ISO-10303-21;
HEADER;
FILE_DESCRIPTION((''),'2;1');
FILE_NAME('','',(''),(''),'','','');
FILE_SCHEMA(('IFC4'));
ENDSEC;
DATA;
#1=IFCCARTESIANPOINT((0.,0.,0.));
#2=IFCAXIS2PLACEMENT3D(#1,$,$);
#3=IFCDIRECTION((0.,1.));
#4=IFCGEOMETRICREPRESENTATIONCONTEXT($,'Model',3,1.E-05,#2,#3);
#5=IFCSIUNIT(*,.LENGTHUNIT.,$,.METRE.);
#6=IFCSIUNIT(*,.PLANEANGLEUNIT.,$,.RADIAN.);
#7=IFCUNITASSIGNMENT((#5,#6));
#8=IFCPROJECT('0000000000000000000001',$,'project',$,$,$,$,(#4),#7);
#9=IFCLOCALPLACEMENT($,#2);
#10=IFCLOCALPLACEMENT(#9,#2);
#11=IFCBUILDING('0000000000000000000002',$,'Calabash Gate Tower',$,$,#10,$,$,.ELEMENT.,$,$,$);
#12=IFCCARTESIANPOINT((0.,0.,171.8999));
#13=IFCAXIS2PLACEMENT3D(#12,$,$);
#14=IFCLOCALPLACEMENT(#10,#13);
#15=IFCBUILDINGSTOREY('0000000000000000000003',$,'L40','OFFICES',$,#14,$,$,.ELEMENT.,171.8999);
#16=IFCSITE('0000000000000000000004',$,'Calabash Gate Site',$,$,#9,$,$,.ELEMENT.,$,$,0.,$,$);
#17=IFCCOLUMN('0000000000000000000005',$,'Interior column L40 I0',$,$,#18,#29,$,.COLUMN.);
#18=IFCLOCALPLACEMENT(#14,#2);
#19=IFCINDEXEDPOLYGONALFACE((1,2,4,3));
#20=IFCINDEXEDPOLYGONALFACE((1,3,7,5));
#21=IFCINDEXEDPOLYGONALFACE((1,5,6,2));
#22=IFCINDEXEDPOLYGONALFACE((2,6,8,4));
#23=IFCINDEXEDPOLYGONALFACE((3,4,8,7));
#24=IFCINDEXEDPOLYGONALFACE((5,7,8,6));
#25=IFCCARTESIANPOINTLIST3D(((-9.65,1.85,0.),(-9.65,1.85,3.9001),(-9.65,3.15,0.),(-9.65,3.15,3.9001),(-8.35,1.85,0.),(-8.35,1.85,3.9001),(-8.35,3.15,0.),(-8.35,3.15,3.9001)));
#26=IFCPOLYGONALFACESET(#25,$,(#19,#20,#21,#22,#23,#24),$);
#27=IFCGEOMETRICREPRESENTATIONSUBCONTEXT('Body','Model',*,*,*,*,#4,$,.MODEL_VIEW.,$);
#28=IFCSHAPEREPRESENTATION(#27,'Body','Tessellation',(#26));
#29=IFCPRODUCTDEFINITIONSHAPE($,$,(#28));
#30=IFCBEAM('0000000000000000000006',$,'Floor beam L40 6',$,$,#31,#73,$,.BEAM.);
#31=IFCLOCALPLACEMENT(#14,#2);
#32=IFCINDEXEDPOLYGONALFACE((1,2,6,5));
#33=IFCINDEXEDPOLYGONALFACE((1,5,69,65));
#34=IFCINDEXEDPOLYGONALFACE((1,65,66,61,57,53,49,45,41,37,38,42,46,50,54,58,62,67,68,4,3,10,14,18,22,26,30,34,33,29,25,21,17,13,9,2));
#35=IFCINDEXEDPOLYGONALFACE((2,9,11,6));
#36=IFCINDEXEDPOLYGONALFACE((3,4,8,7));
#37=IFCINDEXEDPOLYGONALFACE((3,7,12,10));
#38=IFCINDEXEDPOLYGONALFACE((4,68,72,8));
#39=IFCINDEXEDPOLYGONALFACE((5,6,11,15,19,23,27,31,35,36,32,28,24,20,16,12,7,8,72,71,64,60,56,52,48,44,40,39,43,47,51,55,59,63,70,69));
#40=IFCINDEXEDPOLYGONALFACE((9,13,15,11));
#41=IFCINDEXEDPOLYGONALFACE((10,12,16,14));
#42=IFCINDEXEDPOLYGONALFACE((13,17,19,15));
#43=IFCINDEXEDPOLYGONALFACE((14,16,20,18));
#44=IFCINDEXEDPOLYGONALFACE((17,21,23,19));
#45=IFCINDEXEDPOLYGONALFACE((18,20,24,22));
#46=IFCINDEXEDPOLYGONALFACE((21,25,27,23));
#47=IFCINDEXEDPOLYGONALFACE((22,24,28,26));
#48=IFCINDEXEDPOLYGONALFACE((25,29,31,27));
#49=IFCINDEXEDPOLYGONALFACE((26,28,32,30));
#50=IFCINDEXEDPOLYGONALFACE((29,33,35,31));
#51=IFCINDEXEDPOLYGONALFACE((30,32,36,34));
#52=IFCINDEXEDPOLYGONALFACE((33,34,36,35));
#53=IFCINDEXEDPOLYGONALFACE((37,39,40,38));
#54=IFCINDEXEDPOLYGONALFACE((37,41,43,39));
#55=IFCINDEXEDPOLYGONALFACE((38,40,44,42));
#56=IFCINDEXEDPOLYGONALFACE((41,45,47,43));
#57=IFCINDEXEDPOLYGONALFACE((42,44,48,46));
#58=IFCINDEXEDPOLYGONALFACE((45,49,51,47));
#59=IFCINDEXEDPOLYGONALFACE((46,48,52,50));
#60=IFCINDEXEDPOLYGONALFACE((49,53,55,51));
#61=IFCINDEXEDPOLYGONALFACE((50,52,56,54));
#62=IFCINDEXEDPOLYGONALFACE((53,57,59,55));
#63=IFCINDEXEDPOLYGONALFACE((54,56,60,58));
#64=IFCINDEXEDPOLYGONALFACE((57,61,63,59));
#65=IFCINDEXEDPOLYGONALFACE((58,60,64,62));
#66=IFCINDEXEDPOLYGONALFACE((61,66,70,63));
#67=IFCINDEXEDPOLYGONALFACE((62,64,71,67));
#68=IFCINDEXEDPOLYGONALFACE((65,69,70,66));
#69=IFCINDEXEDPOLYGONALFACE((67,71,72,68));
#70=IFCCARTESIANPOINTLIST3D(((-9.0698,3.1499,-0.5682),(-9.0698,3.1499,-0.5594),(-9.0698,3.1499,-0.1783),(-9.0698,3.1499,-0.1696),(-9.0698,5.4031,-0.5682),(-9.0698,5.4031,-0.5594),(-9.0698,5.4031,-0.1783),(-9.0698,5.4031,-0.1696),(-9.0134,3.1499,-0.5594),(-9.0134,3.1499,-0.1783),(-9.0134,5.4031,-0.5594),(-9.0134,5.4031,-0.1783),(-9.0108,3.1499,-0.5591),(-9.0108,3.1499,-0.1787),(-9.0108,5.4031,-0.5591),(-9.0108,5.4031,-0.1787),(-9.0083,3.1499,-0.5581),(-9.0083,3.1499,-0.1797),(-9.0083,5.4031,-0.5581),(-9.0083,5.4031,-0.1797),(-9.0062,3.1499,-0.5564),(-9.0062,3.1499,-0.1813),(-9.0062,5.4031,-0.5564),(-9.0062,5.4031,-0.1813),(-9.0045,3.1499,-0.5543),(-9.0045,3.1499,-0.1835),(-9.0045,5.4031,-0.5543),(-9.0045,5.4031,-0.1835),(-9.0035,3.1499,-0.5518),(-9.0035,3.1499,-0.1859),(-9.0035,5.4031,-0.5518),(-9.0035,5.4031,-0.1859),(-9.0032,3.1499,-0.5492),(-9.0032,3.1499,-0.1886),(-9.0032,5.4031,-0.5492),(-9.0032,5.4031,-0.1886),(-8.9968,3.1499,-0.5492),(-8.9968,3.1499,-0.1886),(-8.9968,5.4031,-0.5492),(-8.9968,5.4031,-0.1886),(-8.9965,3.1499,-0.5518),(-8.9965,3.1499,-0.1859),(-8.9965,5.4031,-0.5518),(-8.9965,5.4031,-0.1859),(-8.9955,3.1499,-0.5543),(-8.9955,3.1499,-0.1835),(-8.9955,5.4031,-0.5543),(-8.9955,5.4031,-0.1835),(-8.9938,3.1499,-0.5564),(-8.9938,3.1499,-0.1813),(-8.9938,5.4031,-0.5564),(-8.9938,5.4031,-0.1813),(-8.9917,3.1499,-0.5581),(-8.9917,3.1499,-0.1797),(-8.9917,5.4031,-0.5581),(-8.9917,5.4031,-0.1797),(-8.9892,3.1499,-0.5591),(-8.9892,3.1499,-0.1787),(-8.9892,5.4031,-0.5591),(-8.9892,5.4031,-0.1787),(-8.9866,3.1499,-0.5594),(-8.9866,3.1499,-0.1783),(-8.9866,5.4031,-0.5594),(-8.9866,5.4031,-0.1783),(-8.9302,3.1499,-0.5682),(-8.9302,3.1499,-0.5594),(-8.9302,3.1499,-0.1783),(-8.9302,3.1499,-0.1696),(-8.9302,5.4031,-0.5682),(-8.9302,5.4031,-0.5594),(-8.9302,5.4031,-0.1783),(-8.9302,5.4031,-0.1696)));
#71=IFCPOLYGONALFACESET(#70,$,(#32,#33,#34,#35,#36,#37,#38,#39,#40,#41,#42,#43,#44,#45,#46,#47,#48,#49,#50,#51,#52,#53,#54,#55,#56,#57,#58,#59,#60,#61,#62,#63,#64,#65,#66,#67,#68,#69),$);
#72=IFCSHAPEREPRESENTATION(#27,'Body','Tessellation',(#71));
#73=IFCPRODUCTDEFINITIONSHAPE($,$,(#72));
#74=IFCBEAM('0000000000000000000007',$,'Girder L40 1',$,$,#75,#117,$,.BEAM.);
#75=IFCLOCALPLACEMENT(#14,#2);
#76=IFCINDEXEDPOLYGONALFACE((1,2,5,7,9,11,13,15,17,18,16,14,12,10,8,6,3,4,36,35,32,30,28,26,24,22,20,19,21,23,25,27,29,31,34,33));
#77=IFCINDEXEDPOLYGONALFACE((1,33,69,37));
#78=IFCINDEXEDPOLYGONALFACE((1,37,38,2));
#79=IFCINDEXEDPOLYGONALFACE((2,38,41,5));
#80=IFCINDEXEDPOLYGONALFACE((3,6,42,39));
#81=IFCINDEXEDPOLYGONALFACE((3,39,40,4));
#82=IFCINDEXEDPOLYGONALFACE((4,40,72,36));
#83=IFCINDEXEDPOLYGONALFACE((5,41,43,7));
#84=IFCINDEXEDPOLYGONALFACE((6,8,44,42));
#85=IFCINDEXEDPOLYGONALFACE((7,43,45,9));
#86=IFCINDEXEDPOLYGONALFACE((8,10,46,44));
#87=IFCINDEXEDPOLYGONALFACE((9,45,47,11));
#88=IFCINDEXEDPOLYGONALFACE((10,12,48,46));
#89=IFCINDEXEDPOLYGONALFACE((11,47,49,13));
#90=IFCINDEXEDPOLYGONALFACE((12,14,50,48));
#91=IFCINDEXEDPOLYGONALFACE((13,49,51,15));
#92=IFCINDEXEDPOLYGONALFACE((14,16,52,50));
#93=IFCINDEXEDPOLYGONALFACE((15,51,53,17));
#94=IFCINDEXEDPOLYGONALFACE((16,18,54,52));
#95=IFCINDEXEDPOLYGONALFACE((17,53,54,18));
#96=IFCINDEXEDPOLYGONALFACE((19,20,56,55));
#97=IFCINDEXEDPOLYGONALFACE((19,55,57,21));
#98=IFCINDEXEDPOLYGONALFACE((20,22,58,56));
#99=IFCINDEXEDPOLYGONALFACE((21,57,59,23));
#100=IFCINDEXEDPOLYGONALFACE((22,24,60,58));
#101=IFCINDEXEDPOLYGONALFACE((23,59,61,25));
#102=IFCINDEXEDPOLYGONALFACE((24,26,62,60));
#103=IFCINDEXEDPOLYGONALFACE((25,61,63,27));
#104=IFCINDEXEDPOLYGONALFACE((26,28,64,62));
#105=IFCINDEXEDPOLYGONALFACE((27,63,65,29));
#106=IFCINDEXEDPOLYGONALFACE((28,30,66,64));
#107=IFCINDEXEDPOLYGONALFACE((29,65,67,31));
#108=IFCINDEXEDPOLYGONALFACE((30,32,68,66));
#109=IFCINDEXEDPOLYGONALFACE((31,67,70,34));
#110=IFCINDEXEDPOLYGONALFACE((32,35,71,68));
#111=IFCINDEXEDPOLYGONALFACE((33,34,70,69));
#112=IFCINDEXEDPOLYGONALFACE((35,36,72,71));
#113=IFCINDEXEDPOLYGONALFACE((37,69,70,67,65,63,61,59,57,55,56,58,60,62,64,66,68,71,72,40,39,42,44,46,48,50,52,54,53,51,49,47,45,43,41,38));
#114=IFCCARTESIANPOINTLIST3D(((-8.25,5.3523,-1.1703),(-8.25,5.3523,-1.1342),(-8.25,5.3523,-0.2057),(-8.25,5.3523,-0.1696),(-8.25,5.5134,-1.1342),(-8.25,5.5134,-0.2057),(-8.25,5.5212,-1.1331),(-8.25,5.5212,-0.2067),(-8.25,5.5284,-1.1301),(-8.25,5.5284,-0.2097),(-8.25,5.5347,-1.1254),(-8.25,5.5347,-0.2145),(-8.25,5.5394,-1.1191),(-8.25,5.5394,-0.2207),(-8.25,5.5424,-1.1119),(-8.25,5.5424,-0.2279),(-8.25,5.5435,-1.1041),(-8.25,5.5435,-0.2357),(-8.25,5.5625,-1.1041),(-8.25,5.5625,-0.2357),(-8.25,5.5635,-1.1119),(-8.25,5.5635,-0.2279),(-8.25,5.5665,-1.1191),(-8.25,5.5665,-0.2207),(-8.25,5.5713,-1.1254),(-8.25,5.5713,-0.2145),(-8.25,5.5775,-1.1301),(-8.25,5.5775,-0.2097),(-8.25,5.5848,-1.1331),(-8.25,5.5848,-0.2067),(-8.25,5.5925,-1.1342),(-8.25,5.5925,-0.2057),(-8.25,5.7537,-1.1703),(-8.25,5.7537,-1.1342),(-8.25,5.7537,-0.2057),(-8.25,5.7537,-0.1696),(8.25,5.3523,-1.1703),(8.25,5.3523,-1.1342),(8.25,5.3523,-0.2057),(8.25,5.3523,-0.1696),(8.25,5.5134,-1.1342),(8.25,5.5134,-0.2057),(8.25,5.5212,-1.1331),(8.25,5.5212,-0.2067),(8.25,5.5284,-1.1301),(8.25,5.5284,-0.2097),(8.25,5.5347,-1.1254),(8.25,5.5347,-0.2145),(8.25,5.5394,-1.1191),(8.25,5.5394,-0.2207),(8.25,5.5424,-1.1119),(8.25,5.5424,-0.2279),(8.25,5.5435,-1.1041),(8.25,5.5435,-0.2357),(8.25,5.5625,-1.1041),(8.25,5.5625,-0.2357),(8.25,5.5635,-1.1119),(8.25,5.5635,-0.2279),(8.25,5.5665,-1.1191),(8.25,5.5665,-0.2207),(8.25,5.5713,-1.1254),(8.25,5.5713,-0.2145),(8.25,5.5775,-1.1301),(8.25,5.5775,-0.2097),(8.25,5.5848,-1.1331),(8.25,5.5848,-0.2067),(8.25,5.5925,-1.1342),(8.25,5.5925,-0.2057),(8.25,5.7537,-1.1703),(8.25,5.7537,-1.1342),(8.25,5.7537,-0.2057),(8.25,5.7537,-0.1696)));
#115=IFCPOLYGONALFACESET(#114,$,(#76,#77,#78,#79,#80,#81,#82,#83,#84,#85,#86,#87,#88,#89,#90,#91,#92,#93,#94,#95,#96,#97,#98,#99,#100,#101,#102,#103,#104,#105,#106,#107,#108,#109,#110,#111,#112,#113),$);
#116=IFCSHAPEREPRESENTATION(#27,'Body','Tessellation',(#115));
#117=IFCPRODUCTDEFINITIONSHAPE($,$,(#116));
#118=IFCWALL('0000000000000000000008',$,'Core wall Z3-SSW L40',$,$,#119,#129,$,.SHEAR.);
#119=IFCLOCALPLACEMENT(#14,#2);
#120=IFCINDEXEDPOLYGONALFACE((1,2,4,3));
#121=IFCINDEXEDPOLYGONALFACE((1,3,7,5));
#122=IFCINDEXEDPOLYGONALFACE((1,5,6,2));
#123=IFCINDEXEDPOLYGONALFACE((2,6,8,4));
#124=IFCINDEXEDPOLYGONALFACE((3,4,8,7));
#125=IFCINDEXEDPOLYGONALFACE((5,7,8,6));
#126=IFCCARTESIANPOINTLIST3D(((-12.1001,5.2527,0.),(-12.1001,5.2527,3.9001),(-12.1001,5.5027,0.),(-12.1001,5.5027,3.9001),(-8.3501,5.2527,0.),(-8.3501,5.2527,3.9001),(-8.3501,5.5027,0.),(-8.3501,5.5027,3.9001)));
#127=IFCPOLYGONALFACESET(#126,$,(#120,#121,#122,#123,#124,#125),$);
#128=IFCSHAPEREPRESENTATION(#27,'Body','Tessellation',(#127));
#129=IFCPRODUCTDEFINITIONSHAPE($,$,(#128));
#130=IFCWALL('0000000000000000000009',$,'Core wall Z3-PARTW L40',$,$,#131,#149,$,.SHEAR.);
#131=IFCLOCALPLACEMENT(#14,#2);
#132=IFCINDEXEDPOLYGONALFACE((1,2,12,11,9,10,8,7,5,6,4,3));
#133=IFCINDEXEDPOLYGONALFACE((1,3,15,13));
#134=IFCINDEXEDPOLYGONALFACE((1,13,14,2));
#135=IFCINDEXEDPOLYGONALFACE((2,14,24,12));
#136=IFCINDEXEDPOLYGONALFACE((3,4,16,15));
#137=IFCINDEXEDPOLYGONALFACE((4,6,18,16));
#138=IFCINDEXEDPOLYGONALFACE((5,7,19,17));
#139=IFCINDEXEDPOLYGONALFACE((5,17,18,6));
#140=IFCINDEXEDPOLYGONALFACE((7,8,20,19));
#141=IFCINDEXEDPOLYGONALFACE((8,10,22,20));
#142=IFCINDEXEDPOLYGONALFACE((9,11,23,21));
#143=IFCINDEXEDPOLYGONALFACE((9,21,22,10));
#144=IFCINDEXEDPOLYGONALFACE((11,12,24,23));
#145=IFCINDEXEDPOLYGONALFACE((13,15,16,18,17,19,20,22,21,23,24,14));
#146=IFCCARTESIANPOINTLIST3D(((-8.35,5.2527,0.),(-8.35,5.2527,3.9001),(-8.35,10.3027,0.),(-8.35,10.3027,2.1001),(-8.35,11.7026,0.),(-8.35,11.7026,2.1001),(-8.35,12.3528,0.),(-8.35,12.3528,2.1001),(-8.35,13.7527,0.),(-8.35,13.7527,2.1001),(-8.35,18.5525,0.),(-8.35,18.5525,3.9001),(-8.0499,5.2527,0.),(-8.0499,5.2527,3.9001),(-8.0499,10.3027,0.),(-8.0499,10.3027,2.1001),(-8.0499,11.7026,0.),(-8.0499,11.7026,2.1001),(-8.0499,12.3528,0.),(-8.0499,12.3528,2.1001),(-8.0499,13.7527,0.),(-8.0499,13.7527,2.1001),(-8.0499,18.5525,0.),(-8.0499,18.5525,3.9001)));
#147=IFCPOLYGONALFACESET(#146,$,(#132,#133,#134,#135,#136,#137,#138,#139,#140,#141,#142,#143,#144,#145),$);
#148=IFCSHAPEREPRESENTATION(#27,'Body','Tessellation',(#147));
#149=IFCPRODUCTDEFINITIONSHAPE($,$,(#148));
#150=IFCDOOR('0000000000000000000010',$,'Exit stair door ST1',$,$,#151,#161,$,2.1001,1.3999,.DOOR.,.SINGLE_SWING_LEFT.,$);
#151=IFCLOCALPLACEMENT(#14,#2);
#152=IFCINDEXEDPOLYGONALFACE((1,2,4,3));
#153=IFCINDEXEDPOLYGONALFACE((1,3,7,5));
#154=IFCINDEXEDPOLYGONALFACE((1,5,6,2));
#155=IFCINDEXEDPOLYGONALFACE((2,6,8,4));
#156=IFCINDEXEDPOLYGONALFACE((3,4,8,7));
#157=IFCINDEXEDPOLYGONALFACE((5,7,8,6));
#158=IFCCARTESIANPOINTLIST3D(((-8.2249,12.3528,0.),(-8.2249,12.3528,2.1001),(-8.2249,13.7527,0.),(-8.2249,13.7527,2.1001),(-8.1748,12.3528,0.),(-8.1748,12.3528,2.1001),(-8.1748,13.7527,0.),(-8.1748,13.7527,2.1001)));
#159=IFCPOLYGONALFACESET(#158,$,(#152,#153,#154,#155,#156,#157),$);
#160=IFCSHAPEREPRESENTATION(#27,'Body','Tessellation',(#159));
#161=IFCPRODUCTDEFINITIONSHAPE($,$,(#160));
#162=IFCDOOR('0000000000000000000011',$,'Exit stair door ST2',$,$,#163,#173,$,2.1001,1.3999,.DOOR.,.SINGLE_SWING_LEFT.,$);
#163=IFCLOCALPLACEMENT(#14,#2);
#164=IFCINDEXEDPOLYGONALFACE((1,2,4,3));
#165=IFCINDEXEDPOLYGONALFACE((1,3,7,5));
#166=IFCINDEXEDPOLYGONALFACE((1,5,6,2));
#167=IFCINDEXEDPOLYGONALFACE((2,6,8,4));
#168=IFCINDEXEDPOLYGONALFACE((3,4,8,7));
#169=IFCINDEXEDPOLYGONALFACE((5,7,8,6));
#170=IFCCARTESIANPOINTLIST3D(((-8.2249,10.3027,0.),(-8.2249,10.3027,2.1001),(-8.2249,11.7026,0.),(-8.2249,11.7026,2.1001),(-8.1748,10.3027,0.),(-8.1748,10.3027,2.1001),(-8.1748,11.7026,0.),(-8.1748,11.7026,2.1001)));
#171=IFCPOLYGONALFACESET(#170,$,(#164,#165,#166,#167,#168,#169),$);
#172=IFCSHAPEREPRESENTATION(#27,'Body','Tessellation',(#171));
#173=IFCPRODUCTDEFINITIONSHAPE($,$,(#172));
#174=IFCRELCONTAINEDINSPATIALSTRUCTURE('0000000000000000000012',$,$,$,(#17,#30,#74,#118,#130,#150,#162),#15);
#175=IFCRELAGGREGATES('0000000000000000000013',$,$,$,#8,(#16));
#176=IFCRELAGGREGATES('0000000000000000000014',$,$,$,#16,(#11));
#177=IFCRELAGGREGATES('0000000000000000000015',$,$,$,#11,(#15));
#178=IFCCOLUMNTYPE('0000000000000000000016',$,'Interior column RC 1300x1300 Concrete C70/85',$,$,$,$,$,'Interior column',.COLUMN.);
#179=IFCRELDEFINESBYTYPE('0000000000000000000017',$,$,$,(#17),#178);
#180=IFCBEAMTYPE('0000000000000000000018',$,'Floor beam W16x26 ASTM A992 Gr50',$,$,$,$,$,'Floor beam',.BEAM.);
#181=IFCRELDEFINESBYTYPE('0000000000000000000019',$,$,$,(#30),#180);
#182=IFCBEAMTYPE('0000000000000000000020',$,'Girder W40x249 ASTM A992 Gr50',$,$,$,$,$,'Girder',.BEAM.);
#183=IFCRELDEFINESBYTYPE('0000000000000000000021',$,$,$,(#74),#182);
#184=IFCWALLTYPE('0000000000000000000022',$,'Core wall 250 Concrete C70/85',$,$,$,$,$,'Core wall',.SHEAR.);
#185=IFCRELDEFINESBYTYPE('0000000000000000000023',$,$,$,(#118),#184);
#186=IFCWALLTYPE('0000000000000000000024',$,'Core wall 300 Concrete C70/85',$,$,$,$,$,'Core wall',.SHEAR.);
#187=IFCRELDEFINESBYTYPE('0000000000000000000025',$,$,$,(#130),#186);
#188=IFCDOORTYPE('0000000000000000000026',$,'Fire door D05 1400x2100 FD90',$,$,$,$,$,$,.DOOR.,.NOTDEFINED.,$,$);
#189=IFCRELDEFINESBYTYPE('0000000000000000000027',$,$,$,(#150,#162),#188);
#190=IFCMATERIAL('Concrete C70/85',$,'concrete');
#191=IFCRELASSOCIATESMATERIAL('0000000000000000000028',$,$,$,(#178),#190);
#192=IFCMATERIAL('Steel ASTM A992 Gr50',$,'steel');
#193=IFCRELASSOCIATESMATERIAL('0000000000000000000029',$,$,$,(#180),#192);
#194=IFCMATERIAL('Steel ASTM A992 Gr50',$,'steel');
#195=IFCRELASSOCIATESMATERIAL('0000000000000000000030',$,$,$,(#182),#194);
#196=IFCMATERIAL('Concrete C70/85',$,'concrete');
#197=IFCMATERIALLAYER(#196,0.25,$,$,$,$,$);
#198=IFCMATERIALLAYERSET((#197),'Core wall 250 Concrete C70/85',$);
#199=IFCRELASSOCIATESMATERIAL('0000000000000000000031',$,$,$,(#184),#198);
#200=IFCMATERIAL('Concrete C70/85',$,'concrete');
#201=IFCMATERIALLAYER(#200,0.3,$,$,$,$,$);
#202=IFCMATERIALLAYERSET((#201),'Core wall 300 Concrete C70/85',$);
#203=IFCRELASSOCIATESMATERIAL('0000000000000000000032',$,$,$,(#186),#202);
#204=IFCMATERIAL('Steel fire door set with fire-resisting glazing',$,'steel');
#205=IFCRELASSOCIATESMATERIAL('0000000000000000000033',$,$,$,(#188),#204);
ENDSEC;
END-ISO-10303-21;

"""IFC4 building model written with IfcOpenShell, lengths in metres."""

from ifc_helpers import new_model, si_unit, direction, frame, frame_2d, origin, origin_2d, place, context, subcontext, project, spatial, rectangle, i_section, extrude, material, layer, layer_set, material_profile, profile_set, type_object, element, fill, save


model = new_model("IFC4")

# Units and contexts
model_context = context("Model", 3, precision=1e-05, world=origin(), true_north=direction((0.0, 1.0)))
body_context = subcontext(model_context, "Body", "Model", "MODEL_VIEW")
ifc_project = project(units=[si_unit("LENGTHUNIT", "METRE"), si_unit("PLANEANGLEUNIT", "RADIAN")], contexts=[model_context])

# Site, building, storey
site_placement = place(None, origin())
site = spatial("IfcSite", under=ifc_project, at=site_placement, Name="Calabash Gate Site", CompositionType="ELEMENT", RefElevation=0.0)
building_placement = place(site_placement, origin())
building = spatial("IfcBuilding", under=site, at=building_placement, Name="Calabash Gate Tower", CompositionType="ELEMENT")
storey_placement = place(building_placement, frame((0.0, 0.0, 171.8999)))
storey = spatial("IfcBuildingStorey", under=building, at=storey_placement, Name="L40", Description="OFFICES", CompositionType="ELEMENT", Elevation=171.8999)

# Column
ifc_material_1 = material(Name="Concrete C70/85", Category="concrete")
ifc_material_profile_1 = material_profile(ifc_material_1, rectangle(XDim=1.3, YDim=1.3, at=origin_2d()))
ifc_profile_set_1 = profile_set([ifc_material_profile_1], Name="Concrete C70/85")
column_type = type_object("IfcColumnType", Name="Interior column RC 1300x1300 Concrete C70/85", ElementType="Interior column", PredefinedType="COLUMN", material=ifc_profile_set_1)
column_placement = place(storey_placement, frame((-9.0, 2.5, 0.0), z_axis=(0.0, 0.0, 1.0), x_axis=(1.0, 0.0, 0.0)))
element("IfcColumn", 1, at=column_placement, inside=storey, type_object=column_type, Name="Interior column L40 I0", PredefinedType="COLUMN", context=body_context, shape_type="SweptSolid", body=[
    extrude(rectangle(XDim=1.3, YDim=1.3, at=origin_2d()), origin(), (0.0, 0.0, 1.0), 3.9001),
])

# Beams
ifc_material_2 = material(Name="Steel ASTM A992 Gr50", Category="steel")
ifc_material_profile_2 = material_profile(ifc_material_2, i_section(OverallWidth=0.1396, OverallDepth=0.3987, WebThickness=0.0063, FlangeThickness=0.0088, FilletRadius=0.0103, at=origin_2d()))
ifc_profile_set_2 = profile_set([ifc_material_profile_2], Name="Steel ASTM A992 Gr50")
beam_type_1 = type_object("IfcBeamType", Name="Floor beam W16x26 ASTM A992 Gr50", ElementType="Floor beam", PredefinedType="BEAM", material=ifc_profile_set_2)
beam_1_placement = place(storey_placement, frame((-9.0, 3.1499, -0.3689), z_axis=(0.0, 1.0, 0.0), x_axis=(-1.0, 0.0, 0.0)))
element("IfcBeam", 2, at=beam_1_placement, inside=storey, type_object=beam_type_1, Name="Floor beam L40 6", PredefinedType="BEAM", context=body_context, shape_type="SweptSolid", body=[
    extrude(i_section(OverallWidth=0.1396, OverallDepth=0.3987, WebThickness=0.0063, FlangeThickness=0.0088, FilletRadius=0.0103, at=origin_2d()), origin(), (0.0, 0.0, 1.0), 2.2532),
])
ifc_material_3 = material(Name="Steel ASTM A992 Gr50", Category="steel")
ifc_material_profile_3 = material_profile(ifc_material_3, i_section(OverallWidth=0.4014, OverallDepth=1.0007, WebThickness=0.019, FlangeThickness=0.0361, FilletRadius=0.03, at=origin_2d()))
ifc_profile_set_3 = profile_set([ifc_material_profile_3], Name="Steel ASTM A992 Gr50")
beam_type_2 = type_object("IfcBeamType", Name="Girder W40x249 ASTM A992 Gr50", ElementType="Girder", PredefinedType="BEAM", material=ifc_profile_set_3)
beam_2_placement = place(storey_placement, frame((-8.25, 5.553, -0.6699), z_axis=(1.0, 0.0, 0.0), x_axis=(0.0, 1.0, 0.0)))
element("IfcBeam", 3, at=beam_2_placement, inside=storey, type_object=beam_type_2, Name="Girder L40 1", PredefinedType="BEAM", context=body_context, shape_type="SweptSolid", body=[
    extrude(i_section(OverallWidth=0.4014, OverallDepth=1.0007, WebThickness=0.019, FlangeThickness=0.0361, FilletRadius=0.03, at=origin_2d()), origin(), (0.0, 0.0, 1.0), 16.5),
])

# Wall
ifc_material_4 = material(Name="Concrete C70/85", Category="concrete")
ifc_layer_1 = layer(ifc_material_4, 0.25)
ifc_layer_set_1 = layer_set([ifc_layer_1], Name="Core wall 250 Concrete C70/85")
wall_type_1 = type_object("IfcWallType", Name="Core wall 250 Concrete C70/85", ElementType="Core wall", PredefinedType="SHEAR", material=ifc_layer_set_1)
wall_1_placement = place(storey_placement, frame((-12.1001, 5.3777, 0.0), z_axis=(0.0, 0.0, 1.0), x_axis=(1.0, 0.0, 0.0)))
element("IfcWall", 4, at=wall_1_placement, inside=storey, type_object=wall_type_1, Name="Core wall Z3-SSW L40", PredefinedType="SHEAR", context=body_context, shape_type="SweptSolid", body=[
    extrude(rectangle(XDim=3.75, YDim=0.25, at=frame_2d((1.875, 0.0))), origin(), (0.0, 0.0, 1.0), 3.9001),
])

# Wall, openings, doors
ifc_material_5 = material(Name="Concrete C70/85", Category="concrete")
ifc_layer_2 = layer(ifc_material_5, 0.3)
ifc_layer_set_2 = layer_set([ifc_layer_2], Name="Core wall 300 Concrete C70/85")
wall_type_2 = type_object("IfcWallType", Name="Core wall 300 Concrete C70/85", ElementType="Core wall", PredefinedType="SHEAR", material=ifc_layer_set_2)
wall_2_placement = place(storey_placement, frame((-8.2, 5.2527, 0.0), z_axis=(0.0, 0.0, 1.0), x_axis=(0.0, 1.0, 0.0)))
wall_2 = element("IfcWall", 5, at=wall_2_placement, inside=storey, type_object=wall_type_2, Name="Core wall Z3-PARTW L40", PredefinedType="SHEAR", context=body_context, shape_type="SweptSolid", body=[
    extrude(rectangle(XDim=13.2998, YDim=0.3, at=frame_2d((6.6499, 0.0))), origin(), (0.0, 0.0, 1.0), 3.9001),
])
opening_1_placement = place(wall_2_placement, frame((7.1001, 0.0, 0.0)))
opening_1 = element("IfcOpeningElement", 6, at=opening_1_placement, cuts=wall_2, PredefinedType="OPENING", context=body_context, shape_type="SweptSolid", body=[
    extrude(rectangle(XDim=1.3999, YDim=2.1001, at=frame_2d((0.7, 1.05))), frame((0.0, 0.1599, 0.0), z_axis=(0.0, -1.0, 0.0), x_axis=(1.0, 0.0, 0.0)), (0.0, 0.0, 1.0), 0.3201),
])
opening_2_placement = place(wall_2_placement, frame((5.05, 0.0, 0.0)))
opening_2 = element("IfcOpeningElement", 7, at=opening_2_placement, cuts=wall_2, PredefinedType="OPENING", context=body_context, shape_type="SweptSolid", body=[
    extrude(rectangle(XDim=1.3999, YDim=2.1001, at=frame_2d((0.7, 1.05))), frame((0.0, 0.1599, 0.0), z_axis=(0.0, -1.0, 0.0), x_axis=(1.0, 0.0, 0.0)), (0.0, 0.0, 1.0), 0.3201),
])
ifc_material_6 = material(Name="Steel fire door set with fire-resisting glazing", Category="steel")
door_type_1 = type_object("IfcDoorType", Name="Fire door D05 1400x2100 FD90", OperationType="NOTDEFINED", PredefinedType="DOOR", material=ifc_material_6)
door_1_placement = place(opening_1_placement, origin())
door_1 = element("IfcDoor", 8, at=door_1_placement, inside=storey, type_object=door_type_1, Name="Exit stair door ST1", OperationType="SINGLE_SWING_LEFT", OverallHeight=2.1001, OverallWidth=1.3999, PredefinedType="DOOR", context=body_context, shape_type="SweptSolid", body=[
    extrude(rectangle(XDim=1.3999, YDim=2.1001, at=frame_2d((0.7, 1.05))), frame((0.0, 0.0249, 0.0), z_axis=(0.0, -1.0, 0.0), x_axis=(1.0, 0.0, 0.0)), (0.0, 0.0, 1.0), 0.05),
])
fill(opening_1, door_1)
door_2_placement = place(opening_2_placement, origin())
door_2 = element("IfcDoor", 9, at=door_2_placement, inside=storey, type_object=door_type_1, Name="Exit stair door ST2", OperationType="SINGLE_SWING_LEFT", OverallHeight=2.1001, OverallWidth=1.3999, PredefinedType="DOOR", context=body_context, shape_type="SweptSolid", body=[
    extrude(rectangle(XDim=1.3999, YDim=2.1001, at=frame_2d((0.7, 1.05))), frame((0.0, 0.0249, 0.0), z_axis=(0.0, -1.0, 0.0), x_axis=(1.0, 0.0, 0.0)), (0.0, 0.0, 1.0), 0.05),
])
fill(opening_2, door_2)

save(model, "model.ifc")
